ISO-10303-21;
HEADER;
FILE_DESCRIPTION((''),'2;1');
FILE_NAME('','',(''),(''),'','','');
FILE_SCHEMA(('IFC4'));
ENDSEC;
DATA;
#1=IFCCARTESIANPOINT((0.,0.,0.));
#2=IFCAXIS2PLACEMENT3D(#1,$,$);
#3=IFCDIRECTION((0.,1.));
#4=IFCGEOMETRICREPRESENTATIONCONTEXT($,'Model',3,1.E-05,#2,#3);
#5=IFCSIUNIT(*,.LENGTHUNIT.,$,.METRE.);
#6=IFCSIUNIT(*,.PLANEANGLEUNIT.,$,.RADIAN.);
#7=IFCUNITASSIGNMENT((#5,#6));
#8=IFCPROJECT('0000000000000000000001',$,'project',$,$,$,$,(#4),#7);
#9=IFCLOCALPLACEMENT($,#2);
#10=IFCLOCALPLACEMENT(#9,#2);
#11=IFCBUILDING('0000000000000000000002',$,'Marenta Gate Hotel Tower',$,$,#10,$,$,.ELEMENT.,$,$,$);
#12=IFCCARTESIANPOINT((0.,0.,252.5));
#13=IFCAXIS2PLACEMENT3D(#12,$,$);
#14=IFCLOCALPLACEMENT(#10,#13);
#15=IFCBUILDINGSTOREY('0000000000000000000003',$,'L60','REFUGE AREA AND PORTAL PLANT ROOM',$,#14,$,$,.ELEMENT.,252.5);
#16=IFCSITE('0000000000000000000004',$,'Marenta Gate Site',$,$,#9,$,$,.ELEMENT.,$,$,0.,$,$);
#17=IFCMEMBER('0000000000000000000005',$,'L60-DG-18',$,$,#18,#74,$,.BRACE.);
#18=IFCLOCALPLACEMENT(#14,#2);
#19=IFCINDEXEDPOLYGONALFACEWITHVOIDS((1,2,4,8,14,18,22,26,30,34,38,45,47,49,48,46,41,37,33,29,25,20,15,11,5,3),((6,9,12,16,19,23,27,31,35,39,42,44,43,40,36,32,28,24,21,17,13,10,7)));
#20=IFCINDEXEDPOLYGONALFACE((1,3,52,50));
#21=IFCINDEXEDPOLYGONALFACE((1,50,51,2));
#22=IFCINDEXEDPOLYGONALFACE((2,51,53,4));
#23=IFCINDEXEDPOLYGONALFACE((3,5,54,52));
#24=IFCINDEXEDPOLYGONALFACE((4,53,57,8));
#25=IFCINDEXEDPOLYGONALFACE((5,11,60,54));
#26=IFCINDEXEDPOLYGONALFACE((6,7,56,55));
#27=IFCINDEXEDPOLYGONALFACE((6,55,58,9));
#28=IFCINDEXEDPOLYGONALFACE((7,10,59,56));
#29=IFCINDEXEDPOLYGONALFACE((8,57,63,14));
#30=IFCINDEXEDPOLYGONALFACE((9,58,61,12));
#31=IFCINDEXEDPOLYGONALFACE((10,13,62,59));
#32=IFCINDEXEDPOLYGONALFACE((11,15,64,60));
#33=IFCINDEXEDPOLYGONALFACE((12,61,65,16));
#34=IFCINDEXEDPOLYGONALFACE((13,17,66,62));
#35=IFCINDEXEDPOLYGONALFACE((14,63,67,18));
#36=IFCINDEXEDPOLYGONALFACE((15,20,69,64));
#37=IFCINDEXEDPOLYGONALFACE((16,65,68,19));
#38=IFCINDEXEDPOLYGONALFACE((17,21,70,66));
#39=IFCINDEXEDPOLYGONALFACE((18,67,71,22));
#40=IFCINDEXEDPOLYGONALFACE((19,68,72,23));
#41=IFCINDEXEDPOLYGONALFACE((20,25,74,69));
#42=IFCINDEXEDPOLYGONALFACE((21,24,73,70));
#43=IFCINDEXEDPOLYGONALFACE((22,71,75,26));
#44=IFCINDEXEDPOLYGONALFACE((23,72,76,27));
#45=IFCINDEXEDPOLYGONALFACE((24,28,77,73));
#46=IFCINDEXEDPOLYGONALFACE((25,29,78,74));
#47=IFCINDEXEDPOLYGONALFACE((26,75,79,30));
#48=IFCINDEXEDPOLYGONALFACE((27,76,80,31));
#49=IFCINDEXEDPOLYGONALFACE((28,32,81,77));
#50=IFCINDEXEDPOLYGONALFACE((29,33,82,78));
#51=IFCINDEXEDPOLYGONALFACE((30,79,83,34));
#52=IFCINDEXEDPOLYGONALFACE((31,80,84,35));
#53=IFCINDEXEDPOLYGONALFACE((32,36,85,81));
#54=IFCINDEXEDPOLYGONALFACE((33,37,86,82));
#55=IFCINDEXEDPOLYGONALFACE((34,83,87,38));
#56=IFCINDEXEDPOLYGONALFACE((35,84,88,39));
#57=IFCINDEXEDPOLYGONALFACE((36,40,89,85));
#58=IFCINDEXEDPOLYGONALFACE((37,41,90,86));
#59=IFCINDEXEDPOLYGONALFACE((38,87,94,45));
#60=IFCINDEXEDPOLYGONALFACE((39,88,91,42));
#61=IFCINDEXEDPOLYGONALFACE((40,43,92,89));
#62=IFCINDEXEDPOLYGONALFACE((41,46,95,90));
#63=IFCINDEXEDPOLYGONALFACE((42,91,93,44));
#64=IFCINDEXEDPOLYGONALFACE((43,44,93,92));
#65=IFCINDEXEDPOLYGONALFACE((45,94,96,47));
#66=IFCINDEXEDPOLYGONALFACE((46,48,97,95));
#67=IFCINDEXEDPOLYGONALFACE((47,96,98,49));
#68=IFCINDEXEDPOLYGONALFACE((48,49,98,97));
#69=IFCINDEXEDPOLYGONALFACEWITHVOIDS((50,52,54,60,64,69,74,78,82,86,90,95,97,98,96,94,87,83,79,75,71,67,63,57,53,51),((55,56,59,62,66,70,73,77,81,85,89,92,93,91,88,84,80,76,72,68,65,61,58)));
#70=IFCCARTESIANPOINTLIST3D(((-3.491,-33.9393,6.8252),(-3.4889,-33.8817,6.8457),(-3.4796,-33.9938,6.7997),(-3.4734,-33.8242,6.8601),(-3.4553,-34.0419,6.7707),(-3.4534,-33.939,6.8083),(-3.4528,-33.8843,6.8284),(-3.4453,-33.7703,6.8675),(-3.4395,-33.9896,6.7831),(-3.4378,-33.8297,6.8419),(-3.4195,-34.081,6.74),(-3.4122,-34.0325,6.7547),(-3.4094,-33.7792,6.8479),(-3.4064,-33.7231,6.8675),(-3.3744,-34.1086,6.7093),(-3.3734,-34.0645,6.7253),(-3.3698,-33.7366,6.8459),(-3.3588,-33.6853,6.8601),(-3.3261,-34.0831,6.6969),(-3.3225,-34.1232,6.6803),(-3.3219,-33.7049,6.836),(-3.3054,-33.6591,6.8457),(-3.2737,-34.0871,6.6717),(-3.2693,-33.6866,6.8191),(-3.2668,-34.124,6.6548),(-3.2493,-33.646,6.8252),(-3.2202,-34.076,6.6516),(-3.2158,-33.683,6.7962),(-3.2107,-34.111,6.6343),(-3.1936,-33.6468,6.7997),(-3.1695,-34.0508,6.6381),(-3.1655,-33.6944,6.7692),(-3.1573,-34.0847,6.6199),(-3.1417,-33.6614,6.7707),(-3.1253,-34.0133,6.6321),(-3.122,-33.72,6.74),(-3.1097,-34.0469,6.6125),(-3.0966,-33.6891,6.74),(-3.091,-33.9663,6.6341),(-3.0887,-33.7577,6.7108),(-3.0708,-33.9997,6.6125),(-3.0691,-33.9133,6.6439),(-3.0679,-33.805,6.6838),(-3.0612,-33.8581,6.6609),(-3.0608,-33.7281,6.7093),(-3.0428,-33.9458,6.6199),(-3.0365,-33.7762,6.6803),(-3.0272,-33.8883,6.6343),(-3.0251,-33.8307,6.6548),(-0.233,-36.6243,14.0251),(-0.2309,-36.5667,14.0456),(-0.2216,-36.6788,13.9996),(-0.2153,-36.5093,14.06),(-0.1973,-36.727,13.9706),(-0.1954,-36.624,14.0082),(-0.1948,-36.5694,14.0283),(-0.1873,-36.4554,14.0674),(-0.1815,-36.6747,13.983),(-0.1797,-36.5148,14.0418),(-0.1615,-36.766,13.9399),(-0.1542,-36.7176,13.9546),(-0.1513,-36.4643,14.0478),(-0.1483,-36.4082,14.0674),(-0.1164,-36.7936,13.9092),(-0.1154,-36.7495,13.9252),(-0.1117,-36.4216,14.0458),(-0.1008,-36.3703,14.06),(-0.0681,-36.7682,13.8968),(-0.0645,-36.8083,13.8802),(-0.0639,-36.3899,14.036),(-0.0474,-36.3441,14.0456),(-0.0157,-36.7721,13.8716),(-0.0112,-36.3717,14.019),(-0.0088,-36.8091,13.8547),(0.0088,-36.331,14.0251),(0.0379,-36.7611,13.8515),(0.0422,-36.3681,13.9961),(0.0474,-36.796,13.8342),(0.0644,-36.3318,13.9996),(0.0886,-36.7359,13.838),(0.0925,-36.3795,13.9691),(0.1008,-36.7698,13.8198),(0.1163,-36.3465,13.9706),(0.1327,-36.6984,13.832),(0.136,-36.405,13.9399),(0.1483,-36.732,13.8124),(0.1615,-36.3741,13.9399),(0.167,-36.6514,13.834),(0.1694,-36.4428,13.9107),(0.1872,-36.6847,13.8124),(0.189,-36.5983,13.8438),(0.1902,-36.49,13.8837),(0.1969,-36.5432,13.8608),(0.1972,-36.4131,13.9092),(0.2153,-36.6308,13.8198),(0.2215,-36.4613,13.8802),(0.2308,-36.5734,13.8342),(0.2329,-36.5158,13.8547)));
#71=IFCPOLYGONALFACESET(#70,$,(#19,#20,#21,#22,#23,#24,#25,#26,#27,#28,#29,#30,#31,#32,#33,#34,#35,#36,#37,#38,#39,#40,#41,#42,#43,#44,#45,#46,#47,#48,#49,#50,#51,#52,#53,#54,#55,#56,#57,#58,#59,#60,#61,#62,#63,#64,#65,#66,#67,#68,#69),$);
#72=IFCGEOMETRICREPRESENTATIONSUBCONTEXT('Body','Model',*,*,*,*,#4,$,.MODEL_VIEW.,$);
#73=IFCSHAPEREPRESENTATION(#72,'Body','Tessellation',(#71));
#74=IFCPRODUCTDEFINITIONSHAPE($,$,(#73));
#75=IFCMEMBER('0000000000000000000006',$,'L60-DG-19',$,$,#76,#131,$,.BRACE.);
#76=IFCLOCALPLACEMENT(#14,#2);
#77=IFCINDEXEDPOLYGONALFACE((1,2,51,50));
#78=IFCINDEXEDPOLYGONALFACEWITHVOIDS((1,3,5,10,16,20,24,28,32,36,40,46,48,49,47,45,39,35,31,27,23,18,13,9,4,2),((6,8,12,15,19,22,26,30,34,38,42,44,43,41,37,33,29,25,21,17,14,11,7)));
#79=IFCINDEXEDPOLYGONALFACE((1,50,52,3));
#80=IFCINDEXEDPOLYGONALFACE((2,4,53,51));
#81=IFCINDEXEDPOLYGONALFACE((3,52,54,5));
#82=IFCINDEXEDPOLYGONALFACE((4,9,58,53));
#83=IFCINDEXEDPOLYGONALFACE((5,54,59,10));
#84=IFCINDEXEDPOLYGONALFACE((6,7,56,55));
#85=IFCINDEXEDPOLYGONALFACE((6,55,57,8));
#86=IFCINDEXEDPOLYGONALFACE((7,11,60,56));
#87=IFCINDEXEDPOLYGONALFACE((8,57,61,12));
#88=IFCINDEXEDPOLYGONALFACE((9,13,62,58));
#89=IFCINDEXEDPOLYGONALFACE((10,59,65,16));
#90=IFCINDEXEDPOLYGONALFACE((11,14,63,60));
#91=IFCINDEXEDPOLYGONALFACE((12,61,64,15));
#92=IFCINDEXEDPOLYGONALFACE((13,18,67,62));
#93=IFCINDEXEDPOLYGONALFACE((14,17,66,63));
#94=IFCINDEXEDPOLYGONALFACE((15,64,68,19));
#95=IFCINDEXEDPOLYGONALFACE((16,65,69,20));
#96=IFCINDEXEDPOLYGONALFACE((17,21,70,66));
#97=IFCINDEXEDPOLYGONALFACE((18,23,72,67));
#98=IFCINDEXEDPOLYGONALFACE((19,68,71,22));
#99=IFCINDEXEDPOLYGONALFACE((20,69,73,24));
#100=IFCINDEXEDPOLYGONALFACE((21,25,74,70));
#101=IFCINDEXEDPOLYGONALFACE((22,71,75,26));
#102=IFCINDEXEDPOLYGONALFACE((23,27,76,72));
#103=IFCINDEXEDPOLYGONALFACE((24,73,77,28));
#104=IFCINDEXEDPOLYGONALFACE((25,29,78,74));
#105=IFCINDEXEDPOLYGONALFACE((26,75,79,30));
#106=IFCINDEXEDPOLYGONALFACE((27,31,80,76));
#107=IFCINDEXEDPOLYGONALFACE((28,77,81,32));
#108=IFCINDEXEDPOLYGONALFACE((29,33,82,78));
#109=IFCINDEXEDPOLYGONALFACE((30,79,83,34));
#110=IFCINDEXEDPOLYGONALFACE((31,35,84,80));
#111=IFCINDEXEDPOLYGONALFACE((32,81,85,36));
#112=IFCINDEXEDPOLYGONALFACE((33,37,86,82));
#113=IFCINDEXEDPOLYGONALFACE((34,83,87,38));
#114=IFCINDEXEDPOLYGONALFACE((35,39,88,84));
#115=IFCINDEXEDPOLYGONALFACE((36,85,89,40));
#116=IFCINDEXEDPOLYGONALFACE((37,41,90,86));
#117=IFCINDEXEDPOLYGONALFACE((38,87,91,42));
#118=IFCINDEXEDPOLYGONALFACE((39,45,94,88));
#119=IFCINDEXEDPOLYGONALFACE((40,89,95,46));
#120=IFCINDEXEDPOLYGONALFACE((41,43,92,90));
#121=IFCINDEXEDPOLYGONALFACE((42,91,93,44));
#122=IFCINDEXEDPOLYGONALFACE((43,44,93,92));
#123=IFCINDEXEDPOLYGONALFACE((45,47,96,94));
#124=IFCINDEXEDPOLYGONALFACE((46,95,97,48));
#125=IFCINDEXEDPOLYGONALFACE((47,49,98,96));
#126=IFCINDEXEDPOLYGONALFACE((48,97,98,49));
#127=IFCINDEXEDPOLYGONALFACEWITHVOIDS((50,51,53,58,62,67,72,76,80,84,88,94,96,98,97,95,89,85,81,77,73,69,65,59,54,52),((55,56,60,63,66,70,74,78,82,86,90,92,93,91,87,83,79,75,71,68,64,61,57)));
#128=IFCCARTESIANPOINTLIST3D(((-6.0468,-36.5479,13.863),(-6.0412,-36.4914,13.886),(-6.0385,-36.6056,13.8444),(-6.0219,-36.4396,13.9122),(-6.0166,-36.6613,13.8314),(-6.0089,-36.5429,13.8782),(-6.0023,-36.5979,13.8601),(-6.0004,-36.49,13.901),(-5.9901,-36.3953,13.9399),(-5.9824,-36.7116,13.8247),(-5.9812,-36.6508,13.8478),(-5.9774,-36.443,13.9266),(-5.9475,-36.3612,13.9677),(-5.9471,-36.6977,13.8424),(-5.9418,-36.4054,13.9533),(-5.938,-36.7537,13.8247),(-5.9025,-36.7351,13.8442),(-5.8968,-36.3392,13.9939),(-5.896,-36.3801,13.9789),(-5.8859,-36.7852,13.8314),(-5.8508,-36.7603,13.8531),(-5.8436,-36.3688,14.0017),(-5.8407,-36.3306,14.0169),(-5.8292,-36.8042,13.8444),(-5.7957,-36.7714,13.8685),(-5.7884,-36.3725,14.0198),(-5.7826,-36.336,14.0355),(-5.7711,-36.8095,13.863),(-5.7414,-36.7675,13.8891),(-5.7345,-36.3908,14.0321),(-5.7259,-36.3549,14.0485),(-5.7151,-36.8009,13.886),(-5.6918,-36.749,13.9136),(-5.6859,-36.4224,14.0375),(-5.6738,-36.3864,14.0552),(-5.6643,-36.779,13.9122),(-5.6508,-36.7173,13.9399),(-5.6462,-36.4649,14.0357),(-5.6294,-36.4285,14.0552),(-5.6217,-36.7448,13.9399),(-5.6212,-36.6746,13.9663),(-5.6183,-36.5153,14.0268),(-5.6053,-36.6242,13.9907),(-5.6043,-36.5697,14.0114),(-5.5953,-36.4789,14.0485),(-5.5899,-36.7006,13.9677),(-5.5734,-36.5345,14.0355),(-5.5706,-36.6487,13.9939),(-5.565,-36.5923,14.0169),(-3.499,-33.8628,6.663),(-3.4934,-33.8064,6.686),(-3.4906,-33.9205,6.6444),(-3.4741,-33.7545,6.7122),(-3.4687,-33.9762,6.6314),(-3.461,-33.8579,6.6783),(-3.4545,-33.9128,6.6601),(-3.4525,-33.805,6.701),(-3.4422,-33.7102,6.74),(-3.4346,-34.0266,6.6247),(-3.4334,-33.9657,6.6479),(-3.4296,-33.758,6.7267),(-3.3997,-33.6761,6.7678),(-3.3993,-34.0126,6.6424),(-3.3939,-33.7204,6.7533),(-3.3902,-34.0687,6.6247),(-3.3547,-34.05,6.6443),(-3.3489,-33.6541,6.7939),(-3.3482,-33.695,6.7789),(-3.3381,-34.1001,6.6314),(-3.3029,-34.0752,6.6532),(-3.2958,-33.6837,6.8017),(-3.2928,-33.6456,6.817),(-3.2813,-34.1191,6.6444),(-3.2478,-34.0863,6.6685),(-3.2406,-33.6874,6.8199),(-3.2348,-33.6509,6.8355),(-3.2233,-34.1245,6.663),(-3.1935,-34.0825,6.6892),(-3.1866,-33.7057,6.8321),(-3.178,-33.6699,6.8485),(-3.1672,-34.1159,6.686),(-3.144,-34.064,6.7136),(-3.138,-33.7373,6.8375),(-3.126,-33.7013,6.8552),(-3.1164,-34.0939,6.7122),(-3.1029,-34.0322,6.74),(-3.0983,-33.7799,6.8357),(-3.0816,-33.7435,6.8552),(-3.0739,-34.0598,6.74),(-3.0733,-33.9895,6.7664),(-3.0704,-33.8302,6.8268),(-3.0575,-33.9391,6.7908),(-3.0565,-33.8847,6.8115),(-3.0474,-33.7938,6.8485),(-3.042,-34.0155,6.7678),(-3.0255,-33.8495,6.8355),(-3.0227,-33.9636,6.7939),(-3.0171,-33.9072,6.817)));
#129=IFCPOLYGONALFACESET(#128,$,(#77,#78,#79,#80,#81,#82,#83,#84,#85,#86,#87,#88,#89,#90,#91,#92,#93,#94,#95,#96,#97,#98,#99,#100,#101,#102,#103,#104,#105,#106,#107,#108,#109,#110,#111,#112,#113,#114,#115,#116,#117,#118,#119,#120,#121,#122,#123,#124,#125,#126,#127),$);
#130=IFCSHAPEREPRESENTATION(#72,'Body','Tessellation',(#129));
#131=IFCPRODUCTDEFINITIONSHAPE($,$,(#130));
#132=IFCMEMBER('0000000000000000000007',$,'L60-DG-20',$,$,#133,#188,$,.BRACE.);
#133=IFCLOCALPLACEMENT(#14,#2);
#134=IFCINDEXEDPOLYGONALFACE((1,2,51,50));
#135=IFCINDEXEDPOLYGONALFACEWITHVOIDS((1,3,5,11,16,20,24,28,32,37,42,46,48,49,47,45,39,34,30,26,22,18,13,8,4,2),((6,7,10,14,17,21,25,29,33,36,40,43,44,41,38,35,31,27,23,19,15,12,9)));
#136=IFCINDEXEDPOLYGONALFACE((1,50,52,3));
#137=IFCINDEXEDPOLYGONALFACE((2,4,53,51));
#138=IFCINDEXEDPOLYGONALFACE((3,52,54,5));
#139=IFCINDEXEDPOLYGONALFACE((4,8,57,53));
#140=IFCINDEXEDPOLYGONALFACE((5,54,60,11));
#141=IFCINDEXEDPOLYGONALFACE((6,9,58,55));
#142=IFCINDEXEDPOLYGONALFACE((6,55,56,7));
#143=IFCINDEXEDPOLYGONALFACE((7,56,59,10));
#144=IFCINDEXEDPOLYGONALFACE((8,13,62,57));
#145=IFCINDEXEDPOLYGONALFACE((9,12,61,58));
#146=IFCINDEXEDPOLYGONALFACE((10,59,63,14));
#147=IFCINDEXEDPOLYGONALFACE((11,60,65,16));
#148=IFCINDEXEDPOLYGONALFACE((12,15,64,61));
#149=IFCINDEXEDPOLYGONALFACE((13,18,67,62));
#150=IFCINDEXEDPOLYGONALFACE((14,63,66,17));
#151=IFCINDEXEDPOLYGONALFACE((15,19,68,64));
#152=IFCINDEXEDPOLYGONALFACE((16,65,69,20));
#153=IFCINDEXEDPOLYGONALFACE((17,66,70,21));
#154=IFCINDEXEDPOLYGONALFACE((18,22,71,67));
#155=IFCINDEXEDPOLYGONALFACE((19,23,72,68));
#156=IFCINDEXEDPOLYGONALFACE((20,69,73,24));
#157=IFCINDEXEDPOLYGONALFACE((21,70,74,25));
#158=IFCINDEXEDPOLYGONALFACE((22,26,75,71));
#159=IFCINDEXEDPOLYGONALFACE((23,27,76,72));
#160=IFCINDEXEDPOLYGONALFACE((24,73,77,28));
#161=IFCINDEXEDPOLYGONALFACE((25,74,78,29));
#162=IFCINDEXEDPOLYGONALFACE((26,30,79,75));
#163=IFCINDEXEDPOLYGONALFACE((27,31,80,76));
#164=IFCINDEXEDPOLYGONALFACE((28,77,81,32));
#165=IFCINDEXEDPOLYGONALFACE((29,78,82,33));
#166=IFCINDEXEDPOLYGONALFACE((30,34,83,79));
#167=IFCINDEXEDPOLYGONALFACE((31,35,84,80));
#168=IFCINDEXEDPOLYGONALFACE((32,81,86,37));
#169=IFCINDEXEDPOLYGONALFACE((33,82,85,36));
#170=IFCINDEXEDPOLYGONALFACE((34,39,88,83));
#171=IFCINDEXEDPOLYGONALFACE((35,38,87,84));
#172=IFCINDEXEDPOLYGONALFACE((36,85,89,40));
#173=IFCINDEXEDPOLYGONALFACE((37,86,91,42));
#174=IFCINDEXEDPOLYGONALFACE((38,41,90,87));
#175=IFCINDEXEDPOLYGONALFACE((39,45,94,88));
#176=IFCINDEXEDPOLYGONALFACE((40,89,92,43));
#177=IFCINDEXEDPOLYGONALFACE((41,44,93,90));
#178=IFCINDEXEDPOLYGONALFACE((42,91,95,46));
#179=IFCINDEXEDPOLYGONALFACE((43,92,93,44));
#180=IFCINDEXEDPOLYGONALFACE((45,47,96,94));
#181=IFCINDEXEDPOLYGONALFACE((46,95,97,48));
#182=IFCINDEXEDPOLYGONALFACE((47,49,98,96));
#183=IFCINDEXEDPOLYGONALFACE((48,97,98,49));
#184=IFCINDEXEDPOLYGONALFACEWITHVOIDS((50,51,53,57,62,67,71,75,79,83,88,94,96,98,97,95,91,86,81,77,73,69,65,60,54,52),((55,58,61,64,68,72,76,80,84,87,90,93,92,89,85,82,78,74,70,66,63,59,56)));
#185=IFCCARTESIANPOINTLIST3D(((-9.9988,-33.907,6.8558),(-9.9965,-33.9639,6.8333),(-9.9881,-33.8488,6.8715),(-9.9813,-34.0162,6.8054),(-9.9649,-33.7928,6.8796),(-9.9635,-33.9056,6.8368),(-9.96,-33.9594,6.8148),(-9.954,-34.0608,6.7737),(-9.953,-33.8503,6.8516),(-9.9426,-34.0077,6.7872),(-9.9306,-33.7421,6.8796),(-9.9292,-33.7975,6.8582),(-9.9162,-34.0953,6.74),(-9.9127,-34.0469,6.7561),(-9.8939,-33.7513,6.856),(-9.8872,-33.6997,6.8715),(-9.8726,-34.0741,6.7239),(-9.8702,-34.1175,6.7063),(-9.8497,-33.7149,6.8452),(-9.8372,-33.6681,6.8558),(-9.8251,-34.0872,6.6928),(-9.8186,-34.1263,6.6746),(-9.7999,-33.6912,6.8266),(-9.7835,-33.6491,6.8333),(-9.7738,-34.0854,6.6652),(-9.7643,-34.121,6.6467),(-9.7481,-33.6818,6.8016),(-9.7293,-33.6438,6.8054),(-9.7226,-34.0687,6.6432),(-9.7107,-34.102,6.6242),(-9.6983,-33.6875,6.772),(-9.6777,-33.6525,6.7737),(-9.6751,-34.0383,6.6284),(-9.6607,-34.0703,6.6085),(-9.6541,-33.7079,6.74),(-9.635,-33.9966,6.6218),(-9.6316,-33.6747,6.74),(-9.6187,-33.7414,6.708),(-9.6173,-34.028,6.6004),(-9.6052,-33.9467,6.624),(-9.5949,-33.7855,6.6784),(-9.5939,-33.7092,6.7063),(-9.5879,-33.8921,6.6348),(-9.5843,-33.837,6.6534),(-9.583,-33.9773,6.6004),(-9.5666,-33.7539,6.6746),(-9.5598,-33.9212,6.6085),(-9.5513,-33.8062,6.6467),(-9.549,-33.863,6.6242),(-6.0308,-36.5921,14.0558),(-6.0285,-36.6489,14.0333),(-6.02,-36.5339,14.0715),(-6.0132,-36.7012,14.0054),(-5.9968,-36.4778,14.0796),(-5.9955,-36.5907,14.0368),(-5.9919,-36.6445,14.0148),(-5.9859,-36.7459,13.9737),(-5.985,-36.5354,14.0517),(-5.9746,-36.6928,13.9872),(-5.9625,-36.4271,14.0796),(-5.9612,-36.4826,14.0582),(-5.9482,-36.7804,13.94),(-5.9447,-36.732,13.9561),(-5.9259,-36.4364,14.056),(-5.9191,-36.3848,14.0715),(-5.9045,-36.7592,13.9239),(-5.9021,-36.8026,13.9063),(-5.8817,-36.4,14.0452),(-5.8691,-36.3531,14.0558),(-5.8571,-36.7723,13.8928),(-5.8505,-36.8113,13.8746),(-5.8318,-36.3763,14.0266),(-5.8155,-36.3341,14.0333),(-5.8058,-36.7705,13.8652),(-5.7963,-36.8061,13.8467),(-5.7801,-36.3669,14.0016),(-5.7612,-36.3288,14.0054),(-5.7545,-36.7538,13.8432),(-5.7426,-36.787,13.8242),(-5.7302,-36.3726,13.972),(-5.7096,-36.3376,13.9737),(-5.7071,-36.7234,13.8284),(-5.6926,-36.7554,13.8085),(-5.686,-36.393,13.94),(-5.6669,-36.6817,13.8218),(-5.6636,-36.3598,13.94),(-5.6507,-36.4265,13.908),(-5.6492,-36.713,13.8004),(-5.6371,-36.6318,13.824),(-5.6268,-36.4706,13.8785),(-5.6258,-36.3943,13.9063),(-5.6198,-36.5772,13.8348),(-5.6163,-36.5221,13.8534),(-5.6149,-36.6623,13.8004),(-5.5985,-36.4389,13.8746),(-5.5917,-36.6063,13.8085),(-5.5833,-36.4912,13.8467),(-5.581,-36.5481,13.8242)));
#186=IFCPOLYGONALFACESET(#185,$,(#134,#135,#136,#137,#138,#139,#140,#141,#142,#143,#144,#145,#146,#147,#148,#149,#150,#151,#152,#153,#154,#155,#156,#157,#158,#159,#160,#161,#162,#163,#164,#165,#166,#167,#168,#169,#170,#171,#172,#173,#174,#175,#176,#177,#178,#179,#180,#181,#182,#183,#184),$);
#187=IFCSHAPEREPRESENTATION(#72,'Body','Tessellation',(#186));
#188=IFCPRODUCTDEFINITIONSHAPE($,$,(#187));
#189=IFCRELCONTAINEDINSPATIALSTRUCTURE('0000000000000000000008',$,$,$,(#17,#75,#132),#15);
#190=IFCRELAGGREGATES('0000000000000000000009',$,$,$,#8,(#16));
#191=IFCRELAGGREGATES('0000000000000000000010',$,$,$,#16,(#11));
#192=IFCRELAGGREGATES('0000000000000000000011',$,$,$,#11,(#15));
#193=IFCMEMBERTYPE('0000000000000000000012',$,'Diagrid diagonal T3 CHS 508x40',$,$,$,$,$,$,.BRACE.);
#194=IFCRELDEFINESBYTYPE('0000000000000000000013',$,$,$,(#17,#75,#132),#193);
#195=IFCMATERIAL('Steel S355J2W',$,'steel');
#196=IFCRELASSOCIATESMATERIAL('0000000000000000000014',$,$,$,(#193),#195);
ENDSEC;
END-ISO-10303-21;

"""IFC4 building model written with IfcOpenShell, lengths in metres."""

from ifc_helpers import new_model, si_unit, direction, frame, origin, origin_2d, place, context, subcontext, project, spatial, hollow_circle, extrude, material, material_profile, profile_set, type_object, element, save


model = new_model("IFC4")

# Units and contexts
model_context = context("Model", 3, precision=1e-05, world=origin(), true_north=direction((0.0, 1.0)))
body_context = subcontext(model_context, "Body", "Model", "MODEL_VIEW")
ifc_project = project(units=[si_unit("LENGTHUNIT", "METRE"), si_unit("PLANEANGLEUNIT", "RADIAN")], contexts=[model_context])

# Site, building, storey
site_placement = place(None, origin())
site = spatial("IfcSite", under=ifc_project, at=site_placement, Name="Marenta Gate Site", CompositionType="ELEMENT", RefElevation=0.0)
building_placement = place(site_placement, origin())
building = spatial("IfcBuilding", under=site, at=building_placement, Name="Marenta Gate Hotel Tower", CompositionType="ELEMENT")
storey_placement = place(building_placement, frame((0.0, 0.0, 252.5)))
storey = spatial("IfcBuildingStorey", under=building, at=storey_placement, Name="L60", Description="REFUGE AREA AND PORTAL PLANT ROOM", CompositionType="ELEMENT", Elevation=252.5)

# Members
ifc_material_1 = material(Name="Steel S355J2W", Category="steel")
ifc_material_profile_1 = material_profile(ifc_material_1, hollow_circle(Radius=0.2539, WallThickness=0.04, at=origin_2d()), Name="CHS 508x40")
ifc_profile_set_1 = profile_set([ifc_material_profile_1], Name="Steel S355J2W")
member_type_1 = type_object("IfcMemberType", Name="Diagrid diagonal T3 CHS 508x40", PredefinedType="BRACE", material=ifc_profile_set_1)
member_1_placement = place(storey_placement, frame((-3.2581, -33.885, 6.74), z_axis=(0.390351, -0.321699, 0.862633), x_axis=(0.635983, 0.771703, 0.0)))
element("IfcMember", 1, at=member_1_placement, inside=storey, type_object=member_type_1, Name="L60-DG-18", PredefinedType="BRACE", context=body_context, shape_type="SweptSolid", body=[
    extrude(hollow_circle(Radius=0.2539, WallThickness=0.04, at=origin_2d()), origin(), (0.0, 0.0, 1.0), 8.3464),
])
member_2_placement = place(storey_placement, frame((-3.2581, -33.885, 6.74), z_axis=(-0.314717, -0.331665, 0.889355), x_axis=(0.725398, -0.68833, 0.0)))
element("IfcMember", 2, at=member_2_placement, inside=storey, type_object=member_type_1, Name="L60-DG-19", PredefinedType="BRACE", context=body_context, shape_type="SweptSolid", body=[
    extrude(hollow_circle(Radius=0.2539, WallThickness=0.04, at=origin_2d()), origin(), (0.0, 0.0, 1.0), 8.0957),
])
member_3_placement = place(storey_placement, frame((-9.7739, -33.885, 6.74), z_axis=(0.458818, -0.310471, 0.832523), x_axis=(0.560426, 0.828205, 0.0)))
element("IfcMember", 3, at=member_3_placement, inside=storey, type_object=member_type_1, Name="L60-DG-20", PredefinedType="BRACE", context=body_context, shape_type="SweptSolid", body=[
    extrude(hollow_circle(Radius=0.2539, WallThickness=0.04, at=origin_2d()), origin(), (0.0, 0.0, 1.0), 8.6484),
])

save(model, "model.ifc")
